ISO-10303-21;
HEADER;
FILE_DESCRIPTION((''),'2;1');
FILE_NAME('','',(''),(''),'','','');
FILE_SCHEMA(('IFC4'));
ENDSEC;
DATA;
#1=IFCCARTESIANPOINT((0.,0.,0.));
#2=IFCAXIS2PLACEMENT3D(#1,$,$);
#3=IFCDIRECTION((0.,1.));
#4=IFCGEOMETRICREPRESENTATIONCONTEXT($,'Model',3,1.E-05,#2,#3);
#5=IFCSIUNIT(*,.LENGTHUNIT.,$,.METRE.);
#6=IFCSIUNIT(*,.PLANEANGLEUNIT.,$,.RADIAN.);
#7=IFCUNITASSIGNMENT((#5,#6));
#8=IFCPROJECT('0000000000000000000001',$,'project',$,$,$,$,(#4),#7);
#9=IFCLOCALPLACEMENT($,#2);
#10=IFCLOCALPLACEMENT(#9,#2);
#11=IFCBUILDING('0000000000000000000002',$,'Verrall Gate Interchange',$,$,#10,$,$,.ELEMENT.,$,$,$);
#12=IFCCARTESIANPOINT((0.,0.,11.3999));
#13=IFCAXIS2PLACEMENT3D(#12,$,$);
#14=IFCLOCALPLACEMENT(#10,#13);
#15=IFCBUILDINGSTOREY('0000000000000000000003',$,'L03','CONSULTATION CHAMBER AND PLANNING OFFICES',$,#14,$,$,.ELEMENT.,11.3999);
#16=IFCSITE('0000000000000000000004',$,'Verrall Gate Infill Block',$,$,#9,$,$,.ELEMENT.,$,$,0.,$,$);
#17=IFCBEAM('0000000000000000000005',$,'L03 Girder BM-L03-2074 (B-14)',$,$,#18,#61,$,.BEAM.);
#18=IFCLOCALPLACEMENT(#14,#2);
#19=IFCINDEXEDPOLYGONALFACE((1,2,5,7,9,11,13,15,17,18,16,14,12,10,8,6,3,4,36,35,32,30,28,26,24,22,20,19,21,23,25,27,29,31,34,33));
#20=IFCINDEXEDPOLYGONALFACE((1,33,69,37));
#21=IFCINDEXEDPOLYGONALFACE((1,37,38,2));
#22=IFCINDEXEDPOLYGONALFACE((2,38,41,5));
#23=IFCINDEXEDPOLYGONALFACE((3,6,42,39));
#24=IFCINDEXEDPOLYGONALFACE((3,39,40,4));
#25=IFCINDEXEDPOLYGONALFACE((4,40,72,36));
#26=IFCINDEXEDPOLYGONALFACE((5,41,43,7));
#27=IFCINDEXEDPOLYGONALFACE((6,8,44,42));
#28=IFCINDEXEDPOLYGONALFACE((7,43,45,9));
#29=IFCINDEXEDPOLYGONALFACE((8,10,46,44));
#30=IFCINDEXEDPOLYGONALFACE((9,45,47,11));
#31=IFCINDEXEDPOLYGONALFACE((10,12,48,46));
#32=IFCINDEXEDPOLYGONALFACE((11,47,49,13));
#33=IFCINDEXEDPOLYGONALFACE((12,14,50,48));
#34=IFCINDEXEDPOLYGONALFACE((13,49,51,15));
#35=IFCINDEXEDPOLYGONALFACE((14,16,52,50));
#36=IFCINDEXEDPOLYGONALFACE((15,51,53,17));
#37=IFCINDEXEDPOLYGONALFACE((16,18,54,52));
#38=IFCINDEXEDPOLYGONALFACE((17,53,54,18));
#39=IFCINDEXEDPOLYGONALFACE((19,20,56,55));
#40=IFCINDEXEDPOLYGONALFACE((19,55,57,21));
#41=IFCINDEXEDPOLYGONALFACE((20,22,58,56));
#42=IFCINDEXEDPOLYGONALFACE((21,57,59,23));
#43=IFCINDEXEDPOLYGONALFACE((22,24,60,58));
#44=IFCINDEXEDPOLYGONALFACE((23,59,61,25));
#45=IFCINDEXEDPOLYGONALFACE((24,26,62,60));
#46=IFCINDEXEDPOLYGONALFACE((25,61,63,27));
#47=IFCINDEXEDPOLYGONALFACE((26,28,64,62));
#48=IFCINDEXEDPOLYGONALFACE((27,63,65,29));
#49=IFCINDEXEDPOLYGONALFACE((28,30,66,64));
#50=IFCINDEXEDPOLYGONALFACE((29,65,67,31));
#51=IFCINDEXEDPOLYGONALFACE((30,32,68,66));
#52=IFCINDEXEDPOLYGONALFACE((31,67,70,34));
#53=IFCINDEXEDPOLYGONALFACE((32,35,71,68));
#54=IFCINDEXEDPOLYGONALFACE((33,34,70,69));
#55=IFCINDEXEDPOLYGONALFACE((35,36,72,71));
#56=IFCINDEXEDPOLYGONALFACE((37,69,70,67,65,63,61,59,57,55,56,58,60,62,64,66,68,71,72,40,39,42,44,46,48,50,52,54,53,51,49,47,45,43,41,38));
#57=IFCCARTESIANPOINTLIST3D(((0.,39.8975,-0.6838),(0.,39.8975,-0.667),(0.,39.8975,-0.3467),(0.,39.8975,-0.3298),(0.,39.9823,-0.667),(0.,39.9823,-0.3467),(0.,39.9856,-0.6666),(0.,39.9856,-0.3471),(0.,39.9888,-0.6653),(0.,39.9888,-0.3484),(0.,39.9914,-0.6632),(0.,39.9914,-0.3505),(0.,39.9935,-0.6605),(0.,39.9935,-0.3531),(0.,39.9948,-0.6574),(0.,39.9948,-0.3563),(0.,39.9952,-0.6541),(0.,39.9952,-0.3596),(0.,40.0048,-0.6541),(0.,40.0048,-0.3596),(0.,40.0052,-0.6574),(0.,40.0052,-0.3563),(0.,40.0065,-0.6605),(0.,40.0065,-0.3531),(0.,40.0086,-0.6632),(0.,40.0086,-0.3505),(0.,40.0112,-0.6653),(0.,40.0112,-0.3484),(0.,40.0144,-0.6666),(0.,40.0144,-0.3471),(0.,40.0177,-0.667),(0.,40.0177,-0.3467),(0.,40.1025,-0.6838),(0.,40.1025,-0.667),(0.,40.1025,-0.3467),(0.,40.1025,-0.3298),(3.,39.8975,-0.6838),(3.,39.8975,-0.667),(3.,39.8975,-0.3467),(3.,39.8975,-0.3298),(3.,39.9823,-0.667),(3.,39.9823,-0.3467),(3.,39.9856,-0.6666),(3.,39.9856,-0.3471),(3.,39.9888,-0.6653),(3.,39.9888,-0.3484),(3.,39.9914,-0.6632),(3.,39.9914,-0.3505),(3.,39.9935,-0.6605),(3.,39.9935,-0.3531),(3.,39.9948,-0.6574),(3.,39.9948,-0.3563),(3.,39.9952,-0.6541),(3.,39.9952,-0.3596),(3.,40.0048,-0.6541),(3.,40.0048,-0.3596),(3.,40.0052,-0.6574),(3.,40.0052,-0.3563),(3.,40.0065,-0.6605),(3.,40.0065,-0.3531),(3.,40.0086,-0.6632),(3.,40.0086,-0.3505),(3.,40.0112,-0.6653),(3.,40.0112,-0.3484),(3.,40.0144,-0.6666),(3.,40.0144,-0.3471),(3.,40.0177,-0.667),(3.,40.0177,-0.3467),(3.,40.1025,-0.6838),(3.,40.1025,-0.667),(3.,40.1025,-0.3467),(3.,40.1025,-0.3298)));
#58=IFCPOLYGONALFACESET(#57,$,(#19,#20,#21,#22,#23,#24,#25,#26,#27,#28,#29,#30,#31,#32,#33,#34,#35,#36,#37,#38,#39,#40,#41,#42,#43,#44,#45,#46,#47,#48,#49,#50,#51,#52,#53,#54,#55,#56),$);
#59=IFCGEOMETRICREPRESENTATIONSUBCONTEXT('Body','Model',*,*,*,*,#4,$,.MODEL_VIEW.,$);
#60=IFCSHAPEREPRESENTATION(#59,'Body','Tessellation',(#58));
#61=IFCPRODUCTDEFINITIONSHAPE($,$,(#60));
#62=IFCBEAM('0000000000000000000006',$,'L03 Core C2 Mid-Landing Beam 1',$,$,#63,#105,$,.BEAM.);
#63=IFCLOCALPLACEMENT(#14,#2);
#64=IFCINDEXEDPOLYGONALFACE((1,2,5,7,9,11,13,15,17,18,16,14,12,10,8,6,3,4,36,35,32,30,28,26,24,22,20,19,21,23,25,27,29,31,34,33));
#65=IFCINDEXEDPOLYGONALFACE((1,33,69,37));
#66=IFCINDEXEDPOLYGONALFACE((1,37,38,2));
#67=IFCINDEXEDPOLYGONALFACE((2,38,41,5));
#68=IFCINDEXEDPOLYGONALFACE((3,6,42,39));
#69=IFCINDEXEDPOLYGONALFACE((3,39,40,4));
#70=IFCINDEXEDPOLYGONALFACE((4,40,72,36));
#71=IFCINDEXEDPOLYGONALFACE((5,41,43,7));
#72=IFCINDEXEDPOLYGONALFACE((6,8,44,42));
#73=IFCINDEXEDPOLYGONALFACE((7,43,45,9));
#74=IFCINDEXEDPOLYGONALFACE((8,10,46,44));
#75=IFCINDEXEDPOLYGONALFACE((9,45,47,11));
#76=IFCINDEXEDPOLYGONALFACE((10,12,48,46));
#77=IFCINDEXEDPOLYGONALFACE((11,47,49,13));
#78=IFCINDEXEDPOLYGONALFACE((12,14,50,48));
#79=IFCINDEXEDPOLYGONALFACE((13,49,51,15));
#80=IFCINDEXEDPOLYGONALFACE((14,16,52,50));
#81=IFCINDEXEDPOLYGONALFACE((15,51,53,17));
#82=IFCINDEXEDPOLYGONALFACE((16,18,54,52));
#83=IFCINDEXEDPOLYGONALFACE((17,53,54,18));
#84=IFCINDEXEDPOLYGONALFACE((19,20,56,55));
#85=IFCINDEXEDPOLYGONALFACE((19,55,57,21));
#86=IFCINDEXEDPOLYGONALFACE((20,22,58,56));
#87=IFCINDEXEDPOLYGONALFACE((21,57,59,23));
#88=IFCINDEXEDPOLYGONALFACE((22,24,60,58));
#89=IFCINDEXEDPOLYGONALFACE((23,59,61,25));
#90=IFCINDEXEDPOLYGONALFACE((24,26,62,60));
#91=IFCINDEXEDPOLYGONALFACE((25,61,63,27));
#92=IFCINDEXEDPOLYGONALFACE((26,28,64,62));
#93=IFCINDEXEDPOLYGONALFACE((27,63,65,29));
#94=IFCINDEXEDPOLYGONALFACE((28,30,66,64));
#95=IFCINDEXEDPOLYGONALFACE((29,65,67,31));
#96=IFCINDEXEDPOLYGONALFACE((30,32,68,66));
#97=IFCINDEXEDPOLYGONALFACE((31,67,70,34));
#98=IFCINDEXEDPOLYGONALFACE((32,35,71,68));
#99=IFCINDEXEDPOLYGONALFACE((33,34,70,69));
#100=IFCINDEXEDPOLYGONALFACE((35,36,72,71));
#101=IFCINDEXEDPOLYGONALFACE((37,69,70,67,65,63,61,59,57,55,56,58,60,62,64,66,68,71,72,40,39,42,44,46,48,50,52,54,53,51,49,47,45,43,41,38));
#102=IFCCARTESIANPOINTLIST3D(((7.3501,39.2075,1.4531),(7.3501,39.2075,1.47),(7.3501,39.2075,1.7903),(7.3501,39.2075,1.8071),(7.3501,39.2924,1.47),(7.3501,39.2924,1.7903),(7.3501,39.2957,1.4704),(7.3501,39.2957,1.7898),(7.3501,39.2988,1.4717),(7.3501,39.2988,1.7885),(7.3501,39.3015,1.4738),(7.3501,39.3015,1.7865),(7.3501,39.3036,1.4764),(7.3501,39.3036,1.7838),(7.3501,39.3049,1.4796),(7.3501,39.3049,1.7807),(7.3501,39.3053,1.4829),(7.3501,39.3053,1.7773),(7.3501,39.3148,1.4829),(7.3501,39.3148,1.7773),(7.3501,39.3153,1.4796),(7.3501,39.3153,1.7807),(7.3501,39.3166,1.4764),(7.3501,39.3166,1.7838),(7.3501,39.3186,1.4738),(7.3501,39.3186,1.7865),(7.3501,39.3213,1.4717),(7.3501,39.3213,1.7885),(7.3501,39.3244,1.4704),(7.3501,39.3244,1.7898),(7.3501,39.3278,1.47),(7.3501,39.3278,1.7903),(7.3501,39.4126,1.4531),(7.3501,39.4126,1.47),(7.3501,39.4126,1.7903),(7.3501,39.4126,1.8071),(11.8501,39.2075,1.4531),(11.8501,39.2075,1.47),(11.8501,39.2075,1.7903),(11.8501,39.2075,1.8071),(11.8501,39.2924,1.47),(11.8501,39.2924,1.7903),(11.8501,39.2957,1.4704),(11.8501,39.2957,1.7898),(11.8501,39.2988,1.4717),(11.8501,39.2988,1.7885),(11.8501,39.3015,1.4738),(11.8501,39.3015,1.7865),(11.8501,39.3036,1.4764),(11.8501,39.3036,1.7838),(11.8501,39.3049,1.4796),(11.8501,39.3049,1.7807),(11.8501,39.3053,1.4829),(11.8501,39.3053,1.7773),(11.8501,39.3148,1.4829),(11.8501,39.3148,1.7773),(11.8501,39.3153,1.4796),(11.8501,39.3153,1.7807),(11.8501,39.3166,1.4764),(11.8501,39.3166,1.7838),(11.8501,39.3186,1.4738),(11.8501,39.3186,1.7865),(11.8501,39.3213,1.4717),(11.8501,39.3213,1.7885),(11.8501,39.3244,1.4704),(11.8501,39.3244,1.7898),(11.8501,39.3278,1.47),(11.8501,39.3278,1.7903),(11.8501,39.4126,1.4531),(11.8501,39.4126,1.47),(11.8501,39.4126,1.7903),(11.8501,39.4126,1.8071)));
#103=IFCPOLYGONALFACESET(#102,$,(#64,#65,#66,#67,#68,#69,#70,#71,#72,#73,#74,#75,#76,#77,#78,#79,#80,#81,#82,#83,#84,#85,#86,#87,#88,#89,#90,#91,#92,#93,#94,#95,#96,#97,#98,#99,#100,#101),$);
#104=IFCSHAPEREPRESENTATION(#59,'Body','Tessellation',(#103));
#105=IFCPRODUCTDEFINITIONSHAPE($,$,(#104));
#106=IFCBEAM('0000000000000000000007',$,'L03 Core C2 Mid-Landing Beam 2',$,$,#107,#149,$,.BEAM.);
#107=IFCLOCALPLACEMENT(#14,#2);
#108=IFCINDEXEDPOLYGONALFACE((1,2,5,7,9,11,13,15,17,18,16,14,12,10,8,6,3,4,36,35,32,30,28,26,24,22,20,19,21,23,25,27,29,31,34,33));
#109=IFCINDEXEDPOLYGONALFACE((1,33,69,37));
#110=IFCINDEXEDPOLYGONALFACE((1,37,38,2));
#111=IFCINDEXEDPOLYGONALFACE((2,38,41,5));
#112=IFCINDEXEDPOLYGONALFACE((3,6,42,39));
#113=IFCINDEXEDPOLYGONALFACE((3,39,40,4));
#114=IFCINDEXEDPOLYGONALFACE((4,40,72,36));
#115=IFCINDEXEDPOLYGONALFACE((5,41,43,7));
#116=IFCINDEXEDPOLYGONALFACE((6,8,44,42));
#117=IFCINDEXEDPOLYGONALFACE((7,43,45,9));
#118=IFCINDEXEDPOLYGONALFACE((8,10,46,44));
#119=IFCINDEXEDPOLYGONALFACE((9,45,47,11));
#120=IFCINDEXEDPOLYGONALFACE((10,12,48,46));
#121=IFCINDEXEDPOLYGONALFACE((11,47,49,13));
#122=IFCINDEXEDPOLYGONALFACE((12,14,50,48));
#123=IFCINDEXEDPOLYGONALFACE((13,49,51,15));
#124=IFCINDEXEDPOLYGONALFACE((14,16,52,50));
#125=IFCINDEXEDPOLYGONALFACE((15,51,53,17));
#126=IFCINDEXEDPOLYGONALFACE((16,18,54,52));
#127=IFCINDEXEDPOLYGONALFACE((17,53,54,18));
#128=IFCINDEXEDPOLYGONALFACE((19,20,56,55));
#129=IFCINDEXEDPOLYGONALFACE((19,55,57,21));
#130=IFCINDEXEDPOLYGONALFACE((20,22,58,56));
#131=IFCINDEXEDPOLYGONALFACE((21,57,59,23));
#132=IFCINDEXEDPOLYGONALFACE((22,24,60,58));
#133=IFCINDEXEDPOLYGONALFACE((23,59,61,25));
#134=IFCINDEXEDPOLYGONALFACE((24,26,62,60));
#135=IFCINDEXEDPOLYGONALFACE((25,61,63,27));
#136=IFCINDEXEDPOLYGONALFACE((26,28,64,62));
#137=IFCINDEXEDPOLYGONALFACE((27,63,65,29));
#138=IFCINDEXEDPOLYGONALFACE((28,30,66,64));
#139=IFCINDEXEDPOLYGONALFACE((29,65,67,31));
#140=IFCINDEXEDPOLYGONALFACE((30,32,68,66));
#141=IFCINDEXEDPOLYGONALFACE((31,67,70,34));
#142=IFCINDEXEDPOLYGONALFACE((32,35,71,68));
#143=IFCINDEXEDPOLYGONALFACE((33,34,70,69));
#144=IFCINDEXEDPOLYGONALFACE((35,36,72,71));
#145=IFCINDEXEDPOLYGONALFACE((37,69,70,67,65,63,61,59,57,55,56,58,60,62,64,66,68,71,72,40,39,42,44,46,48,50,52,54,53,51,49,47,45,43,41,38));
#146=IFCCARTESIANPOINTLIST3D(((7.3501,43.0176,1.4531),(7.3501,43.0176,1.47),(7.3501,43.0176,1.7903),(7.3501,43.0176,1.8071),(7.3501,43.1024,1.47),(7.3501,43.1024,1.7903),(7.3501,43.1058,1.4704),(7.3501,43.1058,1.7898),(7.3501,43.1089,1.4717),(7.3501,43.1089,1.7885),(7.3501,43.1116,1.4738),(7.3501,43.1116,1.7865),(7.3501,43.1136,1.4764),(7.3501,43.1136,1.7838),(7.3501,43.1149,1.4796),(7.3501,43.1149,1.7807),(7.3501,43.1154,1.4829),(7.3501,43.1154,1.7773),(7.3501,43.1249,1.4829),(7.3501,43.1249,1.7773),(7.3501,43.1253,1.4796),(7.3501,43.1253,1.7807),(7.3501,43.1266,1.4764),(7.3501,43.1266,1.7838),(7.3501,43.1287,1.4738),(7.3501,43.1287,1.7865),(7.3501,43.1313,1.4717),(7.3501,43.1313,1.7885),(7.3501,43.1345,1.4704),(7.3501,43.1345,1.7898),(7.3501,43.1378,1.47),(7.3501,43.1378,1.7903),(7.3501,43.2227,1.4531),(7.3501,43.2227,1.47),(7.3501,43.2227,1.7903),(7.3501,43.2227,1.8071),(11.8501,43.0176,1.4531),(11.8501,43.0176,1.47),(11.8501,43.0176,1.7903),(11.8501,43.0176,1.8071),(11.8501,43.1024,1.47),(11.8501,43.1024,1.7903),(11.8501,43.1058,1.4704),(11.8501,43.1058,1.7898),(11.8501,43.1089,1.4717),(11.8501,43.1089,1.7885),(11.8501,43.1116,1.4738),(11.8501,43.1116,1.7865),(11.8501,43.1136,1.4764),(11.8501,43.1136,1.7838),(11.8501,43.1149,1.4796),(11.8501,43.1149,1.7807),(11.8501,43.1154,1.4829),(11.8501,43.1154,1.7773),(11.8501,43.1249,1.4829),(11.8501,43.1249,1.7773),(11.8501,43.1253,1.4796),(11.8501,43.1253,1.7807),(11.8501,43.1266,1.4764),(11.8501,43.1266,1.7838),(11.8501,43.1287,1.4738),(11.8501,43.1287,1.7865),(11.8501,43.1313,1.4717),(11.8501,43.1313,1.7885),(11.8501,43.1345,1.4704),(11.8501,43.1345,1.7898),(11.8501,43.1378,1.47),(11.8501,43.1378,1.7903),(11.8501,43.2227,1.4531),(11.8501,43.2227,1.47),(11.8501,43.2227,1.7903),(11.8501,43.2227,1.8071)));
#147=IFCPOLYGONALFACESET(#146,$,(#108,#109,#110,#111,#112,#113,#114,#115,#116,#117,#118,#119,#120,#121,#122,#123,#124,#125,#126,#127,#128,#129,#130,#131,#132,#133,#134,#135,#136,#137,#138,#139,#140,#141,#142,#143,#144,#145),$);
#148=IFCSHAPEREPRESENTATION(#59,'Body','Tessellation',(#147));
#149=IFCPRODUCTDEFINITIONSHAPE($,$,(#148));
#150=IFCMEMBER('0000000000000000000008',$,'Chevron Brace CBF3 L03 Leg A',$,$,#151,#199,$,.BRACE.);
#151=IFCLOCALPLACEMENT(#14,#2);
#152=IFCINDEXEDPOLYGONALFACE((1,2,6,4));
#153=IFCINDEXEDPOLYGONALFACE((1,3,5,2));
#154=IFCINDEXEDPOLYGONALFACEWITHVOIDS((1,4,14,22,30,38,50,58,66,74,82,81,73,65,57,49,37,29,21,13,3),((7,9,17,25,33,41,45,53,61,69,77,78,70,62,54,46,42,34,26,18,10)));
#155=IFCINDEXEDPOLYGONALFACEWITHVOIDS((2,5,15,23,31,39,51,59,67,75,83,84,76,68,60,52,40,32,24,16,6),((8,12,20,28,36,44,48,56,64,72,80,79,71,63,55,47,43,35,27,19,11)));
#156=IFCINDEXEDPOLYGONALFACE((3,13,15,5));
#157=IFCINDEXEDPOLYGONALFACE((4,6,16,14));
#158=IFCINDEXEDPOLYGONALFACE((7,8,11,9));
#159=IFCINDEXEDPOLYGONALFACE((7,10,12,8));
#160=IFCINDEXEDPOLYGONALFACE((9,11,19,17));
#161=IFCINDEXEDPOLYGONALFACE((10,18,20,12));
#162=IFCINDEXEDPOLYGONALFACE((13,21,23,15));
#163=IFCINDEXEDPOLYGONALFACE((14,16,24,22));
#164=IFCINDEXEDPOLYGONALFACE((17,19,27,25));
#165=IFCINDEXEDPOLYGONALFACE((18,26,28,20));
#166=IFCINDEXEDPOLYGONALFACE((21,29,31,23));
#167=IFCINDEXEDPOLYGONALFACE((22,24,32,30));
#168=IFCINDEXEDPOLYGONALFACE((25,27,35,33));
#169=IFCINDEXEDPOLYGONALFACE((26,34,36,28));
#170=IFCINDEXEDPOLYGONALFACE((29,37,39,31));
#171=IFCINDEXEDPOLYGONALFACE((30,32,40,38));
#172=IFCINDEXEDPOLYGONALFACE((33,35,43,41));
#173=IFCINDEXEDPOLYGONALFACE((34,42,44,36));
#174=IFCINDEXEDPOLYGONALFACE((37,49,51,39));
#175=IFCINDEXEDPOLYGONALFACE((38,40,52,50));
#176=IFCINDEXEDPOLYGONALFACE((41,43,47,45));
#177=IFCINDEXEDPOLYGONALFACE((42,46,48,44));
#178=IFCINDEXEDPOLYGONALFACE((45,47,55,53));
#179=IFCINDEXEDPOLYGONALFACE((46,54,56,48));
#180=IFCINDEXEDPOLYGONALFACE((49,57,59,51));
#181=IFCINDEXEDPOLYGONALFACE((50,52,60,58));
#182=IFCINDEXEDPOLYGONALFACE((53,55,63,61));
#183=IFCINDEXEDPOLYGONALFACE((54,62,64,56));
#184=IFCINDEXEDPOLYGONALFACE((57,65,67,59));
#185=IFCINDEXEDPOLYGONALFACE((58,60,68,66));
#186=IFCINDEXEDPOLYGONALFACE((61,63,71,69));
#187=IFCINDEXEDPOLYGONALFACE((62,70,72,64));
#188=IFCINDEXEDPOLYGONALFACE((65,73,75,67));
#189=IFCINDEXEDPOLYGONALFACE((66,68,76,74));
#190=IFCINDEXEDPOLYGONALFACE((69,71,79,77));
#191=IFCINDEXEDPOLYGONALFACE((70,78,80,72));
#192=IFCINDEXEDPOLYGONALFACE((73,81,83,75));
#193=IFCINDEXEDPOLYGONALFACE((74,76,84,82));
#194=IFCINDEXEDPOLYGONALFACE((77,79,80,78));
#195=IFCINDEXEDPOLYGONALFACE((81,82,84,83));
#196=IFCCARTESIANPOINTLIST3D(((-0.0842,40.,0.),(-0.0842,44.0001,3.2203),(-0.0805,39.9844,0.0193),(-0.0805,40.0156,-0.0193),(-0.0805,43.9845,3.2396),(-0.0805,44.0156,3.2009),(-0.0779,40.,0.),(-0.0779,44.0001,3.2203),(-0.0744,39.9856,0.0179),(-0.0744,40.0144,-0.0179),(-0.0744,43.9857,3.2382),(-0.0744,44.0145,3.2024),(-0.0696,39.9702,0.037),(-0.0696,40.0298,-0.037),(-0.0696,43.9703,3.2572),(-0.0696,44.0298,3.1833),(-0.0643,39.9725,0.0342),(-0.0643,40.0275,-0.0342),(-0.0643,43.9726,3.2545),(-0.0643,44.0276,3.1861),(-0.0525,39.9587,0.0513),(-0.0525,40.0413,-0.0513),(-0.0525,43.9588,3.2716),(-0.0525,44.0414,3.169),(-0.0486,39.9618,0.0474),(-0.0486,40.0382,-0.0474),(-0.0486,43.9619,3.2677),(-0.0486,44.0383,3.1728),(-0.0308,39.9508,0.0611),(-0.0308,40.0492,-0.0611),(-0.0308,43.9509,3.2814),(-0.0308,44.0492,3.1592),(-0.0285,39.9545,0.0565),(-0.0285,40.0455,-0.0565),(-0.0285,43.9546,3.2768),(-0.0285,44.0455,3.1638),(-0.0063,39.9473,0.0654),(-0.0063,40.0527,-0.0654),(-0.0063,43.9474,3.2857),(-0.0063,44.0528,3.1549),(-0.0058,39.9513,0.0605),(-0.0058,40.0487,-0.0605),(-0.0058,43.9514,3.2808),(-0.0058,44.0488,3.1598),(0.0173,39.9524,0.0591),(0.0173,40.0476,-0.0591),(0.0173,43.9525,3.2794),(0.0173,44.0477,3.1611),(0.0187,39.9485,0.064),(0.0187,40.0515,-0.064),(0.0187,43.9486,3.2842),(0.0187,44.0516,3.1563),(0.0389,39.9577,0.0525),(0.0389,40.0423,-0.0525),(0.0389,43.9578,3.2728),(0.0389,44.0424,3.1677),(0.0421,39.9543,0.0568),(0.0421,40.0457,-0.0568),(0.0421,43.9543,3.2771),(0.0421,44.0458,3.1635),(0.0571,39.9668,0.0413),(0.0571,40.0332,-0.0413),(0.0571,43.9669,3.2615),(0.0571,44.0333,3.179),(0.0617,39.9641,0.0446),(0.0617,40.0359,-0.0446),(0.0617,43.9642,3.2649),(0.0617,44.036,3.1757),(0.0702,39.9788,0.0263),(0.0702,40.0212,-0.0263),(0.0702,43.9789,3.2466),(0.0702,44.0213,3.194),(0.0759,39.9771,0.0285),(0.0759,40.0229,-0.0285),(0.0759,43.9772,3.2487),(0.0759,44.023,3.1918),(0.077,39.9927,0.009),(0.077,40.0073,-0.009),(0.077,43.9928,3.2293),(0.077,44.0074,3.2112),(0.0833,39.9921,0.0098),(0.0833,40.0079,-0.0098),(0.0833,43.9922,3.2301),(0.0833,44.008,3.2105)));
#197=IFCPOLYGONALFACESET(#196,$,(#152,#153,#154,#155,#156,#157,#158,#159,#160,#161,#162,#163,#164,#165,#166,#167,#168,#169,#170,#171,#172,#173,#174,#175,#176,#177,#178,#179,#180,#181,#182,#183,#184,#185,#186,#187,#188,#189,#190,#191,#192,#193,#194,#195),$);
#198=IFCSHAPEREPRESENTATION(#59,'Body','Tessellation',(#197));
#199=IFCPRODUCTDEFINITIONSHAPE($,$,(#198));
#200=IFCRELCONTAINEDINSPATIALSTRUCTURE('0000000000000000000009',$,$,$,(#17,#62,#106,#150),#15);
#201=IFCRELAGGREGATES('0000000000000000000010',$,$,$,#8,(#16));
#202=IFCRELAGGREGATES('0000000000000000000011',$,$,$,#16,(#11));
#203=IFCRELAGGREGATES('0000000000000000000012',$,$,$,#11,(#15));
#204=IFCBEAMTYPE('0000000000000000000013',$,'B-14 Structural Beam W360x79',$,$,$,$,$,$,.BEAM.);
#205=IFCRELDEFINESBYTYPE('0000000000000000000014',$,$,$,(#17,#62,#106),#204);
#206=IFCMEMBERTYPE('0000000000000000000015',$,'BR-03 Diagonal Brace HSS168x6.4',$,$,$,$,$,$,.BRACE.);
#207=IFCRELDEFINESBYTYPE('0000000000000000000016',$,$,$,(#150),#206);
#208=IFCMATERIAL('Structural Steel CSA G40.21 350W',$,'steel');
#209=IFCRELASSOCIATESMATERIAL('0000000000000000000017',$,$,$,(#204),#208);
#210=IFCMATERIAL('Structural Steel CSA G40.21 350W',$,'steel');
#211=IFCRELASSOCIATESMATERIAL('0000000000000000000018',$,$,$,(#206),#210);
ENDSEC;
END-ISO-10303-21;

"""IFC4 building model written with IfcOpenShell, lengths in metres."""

from ifc_helpers import new_model, si_unit, direction, frame, origin, origin_2d, place, context, subcontext, project, spatial, hollow_circle, i_section, extrude, material, material_profile, profile_set, type_object, element, save


model = new_model("IFC4")

# Units and contexts
model_context = context("Model", 3, precision=1e-05, world=origin(), true_north=direction((0.0, 1.0)))
body_context = subcontext(model_context, "Body", "Model", "MODEL_VIEW")
ifc_project = project(units=[si_unit("LENGTHUNIT", "METRE"), si_unit("PLANEANGLEUNIT", "RADIAN")], contexts=[model_context])

# Site, building, storey
site_placement = place(None, origin())
site = spatial("IfcSite", under=ifc_project, at=site_placement, Name="Verrall Gate Infill Block", CompositionType="ELEMENT", RefElevation=0.0)
building_placement = place(site_placement, origin())
building = spatial("IfcBuilding", under=site, at=building_placement, Name="Verrall Gate Interchange", CompositionType="ELEMENT")
storey_placement = place(building_placement, frame((0.0, 0.0, 11.3999)))
storey = spatial("IfcBuildingStorey", under=building, at=storey_placement, Name="L03", Description="CONSULTATION CHAMBER AND PLANNING OFFICES", CompositionType="ELEMENT", Elevation=11.3999)

# Beams
ifc_material_1 = material(Name="Structural Steel CSA G40.21 350W", Category="steel")
ifc_material_profile_1 = material_profile(ifc_material_1, i_section(OverallWidth=0.2051, OverallDepth=0.354, WebThickness=0.0095, FlangeThickness=0.0168, FilletRadius=0.0129, at=origin_2d()), Name="W360x79")
ifc_profile_set_1 = profile_set([ifc_material_profile_1], Name="Structural Steel CSA G40.21 350W")
beam_type_1 = type_object("IfcBeamType", Name="B-14 Structural Beam W360x79", PredefinedType="BEAM", material=ifc_profile_set_1)
beam_1_placement = place(storey_placement, frame((0.0, 40.0, -0.5068), z_axis=(1.0, 0.0, 0.0), x_axis=(0.0, 1.0, 0.0)))
element("IfcBeam", 1, at=beam_1_placement, inside=storey, type_object=beam_type_1, Name="L03 Girder BM-L03-2074 (B-14)", PredefinedType="BEAM", context=body_context, shape_type="SweptSolid", body=[
    extrude(i_section(OverallWidth=0.2051, OverallDepth=0.354, WebThickness=0.0095, FlangeThickness=0.0168, FilletRadius=0.0129, at=origin_2d()), origin(), (0.0, 0.0, 1.0), 3.0),
])
for number, where, z_axis, x_axis, name in (
    (2, (7.3501, 39.3101, 1.6301), (1.0, 0.0, 0.0), (0.0, 1.0, 0.0), "L03 Core C2 Mid-Landing Beam 1"),
    (3, (7.3501, 43.1201, 1.6301), (1.0, 0.0, 0.0), (0.0, 1.0, 0.0), "L03 Core C2 Mid-Landing Beam 2"),
):
    element("IfcBeam", number, at=place(storey_placement, frame(where, z_axis=z_axis, x_axis=x_axis)), inside=storey, type_object=beam_type_1, Name=name, PredefinedType="BEAM", context=body_context, shape_type="SweptSolid", body=[
        extrude(i_section(OverallWidth=0.2051, OverallDepth=0.354, WebThickness=0.0095, FlangeThickness=0.0168, FilletRadius=0.0129, at=origin_2d()), origin(), (0.0, 0.0, 1.0), 4.5),
    ])

# Member
ifc_material_2 = material(Name="Structural Steel CSA G40.21 350W", Category="steel")
ifc_material_profile_2 = material_profile(ifc_material_2, hollow_circle(Radius=0.0842, WallThickness=0.0063, at=origin_2d()), Name="HSS168x6.4")
ifc_profile_set_2 = profile_set([ifc_material_profile_2], Name="Structural Steel CSA G40.21 350W")
member_type = type_object("IfcMemberType", Name="BR-03 Diagonal Brace HSS168x6.4", PredefinedType="BRACE", material=ifc_profile_set_2)
member_placement = place(storey_placement, frame((0.0, 40.0, 0.0), z_axis=(0.0, 0.778945, 0.627092), x_axis=(-1.0, 0.0, 0.0)))
element("IfcMember", 4, at=member_placement, inside=storey, type_object=member_type, Name="Chevron Brace CBF3 L03 Leg A", PredefinedType="BRACE", context=body_context, shape_type="SweptSolid", body=[
    extrude(hollow_circle(Radius=0.0842, WallThickness=0.0063, at=origin_2d()), origin(), (0.0, 0.0, 1.0), 5.1353),
])

save(model, "model.ifc")
